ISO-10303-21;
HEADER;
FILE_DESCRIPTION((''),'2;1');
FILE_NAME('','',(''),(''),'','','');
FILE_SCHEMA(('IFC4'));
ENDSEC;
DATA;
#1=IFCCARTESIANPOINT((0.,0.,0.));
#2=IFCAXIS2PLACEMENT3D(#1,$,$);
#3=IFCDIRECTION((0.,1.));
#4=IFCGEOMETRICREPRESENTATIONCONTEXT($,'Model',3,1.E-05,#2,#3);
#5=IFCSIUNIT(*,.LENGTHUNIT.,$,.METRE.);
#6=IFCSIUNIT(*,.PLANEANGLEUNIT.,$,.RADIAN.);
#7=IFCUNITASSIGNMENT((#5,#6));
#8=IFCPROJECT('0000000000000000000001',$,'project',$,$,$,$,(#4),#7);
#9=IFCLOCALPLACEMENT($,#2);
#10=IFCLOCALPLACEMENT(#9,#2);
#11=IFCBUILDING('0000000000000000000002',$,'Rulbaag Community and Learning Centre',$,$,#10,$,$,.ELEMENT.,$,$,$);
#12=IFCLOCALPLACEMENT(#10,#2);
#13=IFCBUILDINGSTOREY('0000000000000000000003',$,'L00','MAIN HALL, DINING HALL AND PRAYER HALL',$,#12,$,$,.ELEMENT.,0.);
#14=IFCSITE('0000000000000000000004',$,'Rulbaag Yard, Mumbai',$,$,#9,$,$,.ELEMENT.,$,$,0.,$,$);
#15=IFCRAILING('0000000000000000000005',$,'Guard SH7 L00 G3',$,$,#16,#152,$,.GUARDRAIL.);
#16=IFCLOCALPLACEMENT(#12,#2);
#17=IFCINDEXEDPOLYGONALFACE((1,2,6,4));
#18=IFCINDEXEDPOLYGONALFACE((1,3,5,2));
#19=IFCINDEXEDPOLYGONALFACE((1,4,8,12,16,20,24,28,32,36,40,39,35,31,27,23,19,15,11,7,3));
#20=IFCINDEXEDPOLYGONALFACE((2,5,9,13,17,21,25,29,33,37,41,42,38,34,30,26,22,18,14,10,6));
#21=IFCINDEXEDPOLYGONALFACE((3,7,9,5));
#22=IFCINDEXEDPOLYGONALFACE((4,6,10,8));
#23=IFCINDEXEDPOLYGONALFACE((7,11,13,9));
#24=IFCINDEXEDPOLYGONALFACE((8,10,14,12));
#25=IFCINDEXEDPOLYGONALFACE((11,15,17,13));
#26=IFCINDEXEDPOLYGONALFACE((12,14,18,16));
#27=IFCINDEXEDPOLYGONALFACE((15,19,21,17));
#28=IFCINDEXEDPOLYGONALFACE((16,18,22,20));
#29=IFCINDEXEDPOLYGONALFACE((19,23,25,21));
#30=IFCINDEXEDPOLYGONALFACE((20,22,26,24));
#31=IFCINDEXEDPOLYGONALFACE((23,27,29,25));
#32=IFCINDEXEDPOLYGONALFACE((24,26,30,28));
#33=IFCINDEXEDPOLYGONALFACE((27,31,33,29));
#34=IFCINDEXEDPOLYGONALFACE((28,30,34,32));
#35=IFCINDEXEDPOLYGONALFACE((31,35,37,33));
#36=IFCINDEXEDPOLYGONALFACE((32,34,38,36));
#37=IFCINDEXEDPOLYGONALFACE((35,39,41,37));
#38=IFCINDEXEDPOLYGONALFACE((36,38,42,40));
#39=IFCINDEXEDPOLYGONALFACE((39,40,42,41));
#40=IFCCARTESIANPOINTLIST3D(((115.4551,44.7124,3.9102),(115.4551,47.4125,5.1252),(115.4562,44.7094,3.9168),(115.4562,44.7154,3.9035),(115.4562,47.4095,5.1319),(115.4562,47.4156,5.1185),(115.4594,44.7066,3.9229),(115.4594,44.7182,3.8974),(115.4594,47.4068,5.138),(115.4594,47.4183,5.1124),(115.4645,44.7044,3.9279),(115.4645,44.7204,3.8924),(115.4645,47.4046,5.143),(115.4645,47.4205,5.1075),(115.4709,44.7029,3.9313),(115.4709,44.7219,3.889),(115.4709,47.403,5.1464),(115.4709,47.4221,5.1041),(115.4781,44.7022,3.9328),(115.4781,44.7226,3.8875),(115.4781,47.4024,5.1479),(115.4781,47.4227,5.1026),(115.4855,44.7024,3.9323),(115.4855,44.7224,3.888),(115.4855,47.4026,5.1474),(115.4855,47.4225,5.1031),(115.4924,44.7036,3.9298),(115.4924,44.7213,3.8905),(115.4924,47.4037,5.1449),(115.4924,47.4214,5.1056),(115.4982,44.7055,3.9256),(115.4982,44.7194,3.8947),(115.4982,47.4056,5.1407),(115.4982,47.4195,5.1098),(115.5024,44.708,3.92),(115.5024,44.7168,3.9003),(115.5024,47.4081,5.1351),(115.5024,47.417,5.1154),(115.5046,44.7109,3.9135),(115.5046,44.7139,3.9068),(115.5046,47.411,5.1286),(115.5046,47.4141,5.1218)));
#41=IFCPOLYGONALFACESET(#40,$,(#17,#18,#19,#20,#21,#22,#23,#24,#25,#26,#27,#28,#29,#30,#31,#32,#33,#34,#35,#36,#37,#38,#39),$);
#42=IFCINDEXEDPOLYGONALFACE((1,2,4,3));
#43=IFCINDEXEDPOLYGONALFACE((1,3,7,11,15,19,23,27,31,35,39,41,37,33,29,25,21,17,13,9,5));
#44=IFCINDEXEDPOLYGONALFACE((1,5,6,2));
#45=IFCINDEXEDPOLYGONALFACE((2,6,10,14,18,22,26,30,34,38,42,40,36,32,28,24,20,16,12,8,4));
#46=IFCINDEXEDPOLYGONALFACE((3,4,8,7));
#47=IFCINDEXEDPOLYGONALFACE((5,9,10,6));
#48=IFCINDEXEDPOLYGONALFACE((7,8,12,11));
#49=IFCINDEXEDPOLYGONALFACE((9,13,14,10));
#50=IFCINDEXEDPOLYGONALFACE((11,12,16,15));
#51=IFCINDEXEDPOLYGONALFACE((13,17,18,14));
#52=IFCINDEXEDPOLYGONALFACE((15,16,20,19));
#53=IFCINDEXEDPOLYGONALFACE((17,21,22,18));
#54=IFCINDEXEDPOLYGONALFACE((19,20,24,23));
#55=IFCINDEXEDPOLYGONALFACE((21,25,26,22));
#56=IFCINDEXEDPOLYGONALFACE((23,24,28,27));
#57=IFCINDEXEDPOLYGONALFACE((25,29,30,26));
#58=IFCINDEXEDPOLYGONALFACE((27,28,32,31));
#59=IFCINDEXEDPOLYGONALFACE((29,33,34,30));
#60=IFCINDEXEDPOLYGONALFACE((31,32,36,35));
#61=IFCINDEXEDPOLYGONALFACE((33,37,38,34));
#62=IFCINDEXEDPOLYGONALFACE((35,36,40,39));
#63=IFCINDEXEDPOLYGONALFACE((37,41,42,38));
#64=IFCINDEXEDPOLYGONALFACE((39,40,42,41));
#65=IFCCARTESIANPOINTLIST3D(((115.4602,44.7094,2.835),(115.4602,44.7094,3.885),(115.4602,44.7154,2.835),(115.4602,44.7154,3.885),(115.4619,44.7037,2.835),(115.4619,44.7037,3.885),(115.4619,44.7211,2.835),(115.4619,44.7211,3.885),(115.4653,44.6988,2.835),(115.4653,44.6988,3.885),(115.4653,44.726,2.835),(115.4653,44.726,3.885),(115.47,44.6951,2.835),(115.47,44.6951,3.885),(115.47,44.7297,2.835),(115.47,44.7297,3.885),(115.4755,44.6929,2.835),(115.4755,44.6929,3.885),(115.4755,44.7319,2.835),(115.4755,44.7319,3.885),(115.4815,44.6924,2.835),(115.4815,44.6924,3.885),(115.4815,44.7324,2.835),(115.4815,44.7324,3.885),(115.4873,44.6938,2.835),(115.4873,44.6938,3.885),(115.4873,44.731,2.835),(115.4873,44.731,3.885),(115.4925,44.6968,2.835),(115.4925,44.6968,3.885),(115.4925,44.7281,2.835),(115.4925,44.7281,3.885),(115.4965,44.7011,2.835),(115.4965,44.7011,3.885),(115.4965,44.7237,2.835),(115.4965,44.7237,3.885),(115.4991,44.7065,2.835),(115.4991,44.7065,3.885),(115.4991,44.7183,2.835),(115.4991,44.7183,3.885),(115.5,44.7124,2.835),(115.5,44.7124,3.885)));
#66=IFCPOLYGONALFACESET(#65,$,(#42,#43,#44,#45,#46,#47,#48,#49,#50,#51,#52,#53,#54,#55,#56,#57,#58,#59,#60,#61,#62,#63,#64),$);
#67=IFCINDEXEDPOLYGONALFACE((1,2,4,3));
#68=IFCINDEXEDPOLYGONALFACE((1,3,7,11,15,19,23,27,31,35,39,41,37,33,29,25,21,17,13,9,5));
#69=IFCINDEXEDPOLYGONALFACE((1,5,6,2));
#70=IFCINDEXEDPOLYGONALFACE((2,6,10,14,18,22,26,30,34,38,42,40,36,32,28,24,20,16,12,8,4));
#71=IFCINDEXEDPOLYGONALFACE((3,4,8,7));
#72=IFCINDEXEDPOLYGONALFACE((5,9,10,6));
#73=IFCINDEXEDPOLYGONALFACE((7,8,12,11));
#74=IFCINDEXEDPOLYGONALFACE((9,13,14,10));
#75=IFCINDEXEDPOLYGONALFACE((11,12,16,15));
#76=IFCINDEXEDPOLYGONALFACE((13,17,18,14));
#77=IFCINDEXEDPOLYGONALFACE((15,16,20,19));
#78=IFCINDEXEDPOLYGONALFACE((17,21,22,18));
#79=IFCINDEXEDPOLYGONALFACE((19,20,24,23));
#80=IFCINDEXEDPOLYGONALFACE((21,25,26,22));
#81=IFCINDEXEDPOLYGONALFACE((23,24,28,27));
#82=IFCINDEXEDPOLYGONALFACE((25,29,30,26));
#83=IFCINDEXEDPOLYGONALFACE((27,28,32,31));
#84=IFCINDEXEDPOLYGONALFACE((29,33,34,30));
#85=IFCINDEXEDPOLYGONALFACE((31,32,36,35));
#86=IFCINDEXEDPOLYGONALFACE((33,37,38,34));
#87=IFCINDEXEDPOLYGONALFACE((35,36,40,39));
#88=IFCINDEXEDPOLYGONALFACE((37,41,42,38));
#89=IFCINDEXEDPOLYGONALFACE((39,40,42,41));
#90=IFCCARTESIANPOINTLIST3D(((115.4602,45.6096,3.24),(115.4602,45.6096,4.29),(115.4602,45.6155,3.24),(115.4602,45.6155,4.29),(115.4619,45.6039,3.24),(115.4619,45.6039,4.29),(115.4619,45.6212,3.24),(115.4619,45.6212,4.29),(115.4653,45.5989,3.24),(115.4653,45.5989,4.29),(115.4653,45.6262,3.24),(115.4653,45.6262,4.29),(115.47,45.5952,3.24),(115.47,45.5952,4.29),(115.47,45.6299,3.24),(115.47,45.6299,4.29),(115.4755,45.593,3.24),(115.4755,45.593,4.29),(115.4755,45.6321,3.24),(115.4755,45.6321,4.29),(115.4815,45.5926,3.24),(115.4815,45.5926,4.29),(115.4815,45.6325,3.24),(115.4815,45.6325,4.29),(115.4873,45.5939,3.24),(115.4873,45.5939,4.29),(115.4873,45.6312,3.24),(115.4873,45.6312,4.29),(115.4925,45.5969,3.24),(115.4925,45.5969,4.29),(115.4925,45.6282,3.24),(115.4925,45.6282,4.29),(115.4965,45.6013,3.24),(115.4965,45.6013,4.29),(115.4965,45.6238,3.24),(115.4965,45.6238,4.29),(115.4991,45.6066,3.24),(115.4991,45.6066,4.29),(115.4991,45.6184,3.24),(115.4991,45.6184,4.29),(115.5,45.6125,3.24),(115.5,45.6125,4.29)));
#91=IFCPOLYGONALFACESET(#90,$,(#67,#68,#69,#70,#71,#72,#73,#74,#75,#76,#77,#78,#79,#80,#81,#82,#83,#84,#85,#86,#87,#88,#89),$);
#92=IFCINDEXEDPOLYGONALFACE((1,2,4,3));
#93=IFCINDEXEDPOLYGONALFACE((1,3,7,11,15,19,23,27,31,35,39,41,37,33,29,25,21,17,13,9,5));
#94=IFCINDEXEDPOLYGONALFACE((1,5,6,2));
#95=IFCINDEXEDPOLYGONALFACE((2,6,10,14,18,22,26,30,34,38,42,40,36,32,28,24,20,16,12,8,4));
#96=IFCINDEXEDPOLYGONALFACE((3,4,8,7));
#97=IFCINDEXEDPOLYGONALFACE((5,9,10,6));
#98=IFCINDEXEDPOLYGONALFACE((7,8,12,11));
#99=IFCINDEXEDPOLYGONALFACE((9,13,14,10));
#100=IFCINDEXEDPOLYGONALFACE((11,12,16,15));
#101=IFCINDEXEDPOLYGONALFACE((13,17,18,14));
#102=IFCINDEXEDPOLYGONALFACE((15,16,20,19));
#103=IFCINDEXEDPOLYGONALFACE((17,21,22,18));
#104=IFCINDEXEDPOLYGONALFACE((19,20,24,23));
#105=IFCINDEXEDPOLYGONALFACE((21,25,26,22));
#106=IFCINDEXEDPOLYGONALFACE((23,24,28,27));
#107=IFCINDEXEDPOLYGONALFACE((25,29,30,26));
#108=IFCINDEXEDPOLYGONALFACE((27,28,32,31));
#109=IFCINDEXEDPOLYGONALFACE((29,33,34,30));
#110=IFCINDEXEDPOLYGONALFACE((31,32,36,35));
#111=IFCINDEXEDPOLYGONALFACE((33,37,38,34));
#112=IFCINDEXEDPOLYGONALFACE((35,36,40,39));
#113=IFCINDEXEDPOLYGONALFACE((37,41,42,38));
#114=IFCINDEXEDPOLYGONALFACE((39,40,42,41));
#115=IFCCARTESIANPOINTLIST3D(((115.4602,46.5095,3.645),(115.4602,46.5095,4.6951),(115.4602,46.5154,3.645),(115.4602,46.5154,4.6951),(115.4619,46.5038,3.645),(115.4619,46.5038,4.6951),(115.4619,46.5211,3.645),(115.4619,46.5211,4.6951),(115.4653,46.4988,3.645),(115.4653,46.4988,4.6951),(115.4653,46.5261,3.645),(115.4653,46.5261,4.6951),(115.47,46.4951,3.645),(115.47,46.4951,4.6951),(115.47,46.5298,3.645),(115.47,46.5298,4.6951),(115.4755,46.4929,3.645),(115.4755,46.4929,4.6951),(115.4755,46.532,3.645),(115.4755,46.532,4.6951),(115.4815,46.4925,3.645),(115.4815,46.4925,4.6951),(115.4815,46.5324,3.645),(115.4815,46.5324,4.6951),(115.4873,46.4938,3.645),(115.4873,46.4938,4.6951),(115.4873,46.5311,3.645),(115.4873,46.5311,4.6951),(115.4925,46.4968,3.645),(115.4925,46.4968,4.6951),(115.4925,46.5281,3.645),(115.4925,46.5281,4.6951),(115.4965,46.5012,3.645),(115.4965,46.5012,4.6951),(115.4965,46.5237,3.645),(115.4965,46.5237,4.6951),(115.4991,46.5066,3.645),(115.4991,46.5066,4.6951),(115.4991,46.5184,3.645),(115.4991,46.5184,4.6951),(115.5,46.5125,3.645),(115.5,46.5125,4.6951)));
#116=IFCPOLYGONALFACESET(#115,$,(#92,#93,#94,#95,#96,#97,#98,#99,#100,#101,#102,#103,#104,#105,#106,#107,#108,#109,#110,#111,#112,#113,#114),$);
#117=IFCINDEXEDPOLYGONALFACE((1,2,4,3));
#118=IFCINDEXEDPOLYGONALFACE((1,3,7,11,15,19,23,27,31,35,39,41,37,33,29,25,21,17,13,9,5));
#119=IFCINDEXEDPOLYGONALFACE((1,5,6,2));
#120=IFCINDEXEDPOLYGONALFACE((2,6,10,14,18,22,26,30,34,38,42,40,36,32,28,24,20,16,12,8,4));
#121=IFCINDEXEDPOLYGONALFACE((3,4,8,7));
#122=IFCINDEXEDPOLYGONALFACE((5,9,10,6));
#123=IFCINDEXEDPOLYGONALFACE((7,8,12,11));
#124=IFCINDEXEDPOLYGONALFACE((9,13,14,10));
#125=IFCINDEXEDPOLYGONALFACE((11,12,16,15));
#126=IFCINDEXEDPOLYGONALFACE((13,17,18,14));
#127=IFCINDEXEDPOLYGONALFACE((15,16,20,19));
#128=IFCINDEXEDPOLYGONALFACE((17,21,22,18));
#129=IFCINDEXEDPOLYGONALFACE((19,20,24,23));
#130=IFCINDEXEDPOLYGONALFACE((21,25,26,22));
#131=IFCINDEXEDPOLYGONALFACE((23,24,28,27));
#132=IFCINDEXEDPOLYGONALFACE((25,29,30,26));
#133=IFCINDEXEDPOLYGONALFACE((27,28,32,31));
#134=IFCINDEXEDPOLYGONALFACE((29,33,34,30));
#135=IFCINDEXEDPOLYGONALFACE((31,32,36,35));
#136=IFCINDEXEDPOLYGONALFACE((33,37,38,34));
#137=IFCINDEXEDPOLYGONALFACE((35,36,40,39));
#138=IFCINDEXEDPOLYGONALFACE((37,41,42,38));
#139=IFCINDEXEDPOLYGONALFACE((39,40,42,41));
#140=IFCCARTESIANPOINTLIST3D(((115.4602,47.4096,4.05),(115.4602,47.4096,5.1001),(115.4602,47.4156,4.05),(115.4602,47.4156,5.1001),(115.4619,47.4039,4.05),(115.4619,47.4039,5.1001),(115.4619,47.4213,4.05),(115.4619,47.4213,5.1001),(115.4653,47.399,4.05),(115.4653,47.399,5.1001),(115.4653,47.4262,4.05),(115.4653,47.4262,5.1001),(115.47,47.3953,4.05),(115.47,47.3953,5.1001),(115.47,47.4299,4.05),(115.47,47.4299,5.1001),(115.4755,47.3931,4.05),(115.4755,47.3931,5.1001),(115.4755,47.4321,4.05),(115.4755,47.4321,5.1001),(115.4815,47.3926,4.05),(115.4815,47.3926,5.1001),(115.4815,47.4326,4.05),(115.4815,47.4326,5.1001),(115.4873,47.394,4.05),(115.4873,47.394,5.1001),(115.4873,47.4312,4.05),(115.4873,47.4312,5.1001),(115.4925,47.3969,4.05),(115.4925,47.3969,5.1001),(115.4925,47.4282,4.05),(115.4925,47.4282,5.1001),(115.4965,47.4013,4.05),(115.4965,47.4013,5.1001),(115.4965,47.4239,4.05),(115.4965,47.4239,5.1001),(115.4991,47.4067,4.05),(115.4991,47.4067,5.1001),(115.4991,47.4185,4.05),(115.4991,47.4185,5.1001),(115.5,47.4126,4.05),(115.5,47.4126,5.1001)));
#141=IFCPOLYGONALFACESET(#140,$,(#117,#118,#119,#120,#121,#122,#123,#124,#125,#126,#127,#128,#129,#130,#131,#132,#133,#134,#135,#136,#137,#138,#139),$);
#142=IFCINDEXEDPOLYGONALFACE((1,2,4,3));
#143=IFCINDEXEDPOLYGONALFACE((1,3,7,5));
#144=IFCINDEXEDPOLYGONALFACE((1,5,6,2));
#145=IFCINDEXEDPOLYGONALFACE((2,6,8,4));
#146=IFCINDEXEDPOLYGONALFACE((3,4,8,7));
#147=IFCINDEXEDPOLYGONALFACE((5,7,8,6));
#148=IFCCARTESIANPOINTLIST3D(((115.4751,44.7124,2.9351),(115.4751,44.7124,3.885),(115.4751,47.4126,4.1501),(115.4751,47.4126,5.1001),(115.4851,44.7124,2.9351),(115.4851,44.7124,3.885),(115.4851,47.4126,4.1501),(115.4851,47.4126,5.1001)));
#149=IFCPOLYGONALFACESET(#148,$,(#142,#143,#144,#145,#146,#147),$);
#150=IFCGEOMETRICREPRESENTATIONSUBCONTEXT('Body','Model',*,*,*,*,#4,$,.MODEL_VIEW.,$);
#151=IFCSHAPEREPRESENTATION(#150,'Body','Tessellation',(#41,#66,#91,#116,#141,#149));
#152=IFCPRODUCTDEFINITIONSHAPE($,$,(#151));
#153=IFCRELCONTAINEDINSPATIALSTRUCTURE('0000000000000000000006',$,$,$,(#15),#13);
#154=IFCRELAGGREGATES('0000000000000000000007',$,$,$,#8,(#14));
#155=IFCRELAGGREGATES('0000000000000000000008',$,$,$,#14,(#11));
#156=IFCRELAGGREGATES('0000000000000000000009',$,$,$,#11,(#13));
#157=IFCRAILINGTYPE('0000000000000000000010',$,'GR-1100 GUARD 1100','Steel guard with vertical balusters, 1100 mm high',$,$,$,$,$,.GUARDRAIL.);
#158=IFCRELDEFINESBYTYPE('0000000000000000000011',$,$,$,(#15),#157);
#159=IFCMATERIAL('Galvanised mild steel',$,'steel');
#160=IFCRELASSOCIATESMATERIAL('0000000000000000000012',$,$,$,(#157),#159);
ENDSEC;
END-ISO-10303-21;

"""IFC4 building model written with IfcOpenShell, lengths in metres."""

from ifc_helpers import new_model, si_unit, direction, frame, origin, origin_2d, place, context, subcontext, project, spatial, polyline, circle, outline, extrude, material, type_object, element, save


model = new_model("IFC4")

# Units and contexts
model_context = context("Model", 3, precision=1e-05, world=origin(), true_north=direction((0.0, 1.0)))
body_context = subcontext(model_context, "Body", "Model", "MODEL_VIEW")
ifc_project = project(units=[si_unit("LENGTHUNIT", "METRE"), si_unit("PLANEANGLEUNIT", "RADIAN")], contexts=[model_context])

# Site, building, storey
site_placement = place(None, origin())
site = spatial("IfcSite", under=ifc_project, at=site_placement, Name="Rulbaag Yard, Mumbai", CompositionType="ELEMENT", RefElevation=0.0)
building_placement = place(site_placement, origin())
building = spatial("IfcBuilding", under=site, at=building_placement, Name="Rulbaag Community and Learning Centre", CompositionType="ELEMENT")
storey_placement = place(building_placement, origin())
storey = spatial("IfcBuildingStorey", under=building, at=storey_placement, Name="L00", Description="MAIN HALL, DINING HALL AND PRAYER HALL", CompositionType="ELEMENT", Elevation=0.0)

# Railing
ifc_material_1 = material(Name="Galvanised mild steel", Category="steel")
railing_type = type_object("IfcRailingType", Name="GR-1100 GUARD 1100", Description="Steel guard with vertical balusters, 1100 mm high", PredefinedType="GUARDRAIL", material=ifc_material_1)
railing_1_placement = place(storey_placement, frame((115.48, 44.7124, 2.835)))
element("IfcRailing", 1, at=railing_1_placement, inside=storey, type_object=railing_type, Name="Guard SH7 L00 G3", PredefinedType="GUARDRAIL", context=body_context, shape_type="SweptSolid", body=[
    extrude(circle(Radius=0.0249, at=origin_2d()), frame((0.0, 0.0, 1.0752), z_axis=(0.0, 0.911922, 0.410365), x_axis=(-1.0, 0.0, 0.0)), (0.0, 0.0, 1.0), 2.9609),
    extrude(circle(Radius=0.02, at=origin_2d()), origin(), (0.0, 0.0, 1.0), 1.05),
    extrude(circle(Radius=0.02, at=origin_2d()), frame((0.0, 0.9001, 0.405)), (0.0, 0.0, 1.0), 1.05),
    extrude(circle(Radius=0.02, at=origin_2d()), frame((0.0, 1.8, 0.8101)), (0.0, 0.0, 1.0), 1.05),
    extrude(circle(Radius=0.02, at=origin_2d()), frame((0.0, 2.7002, 1.2151)), (0.0, 0.0, 1.0), 1.05),
    extrude(outline(polyline([(0.0, 0.0), (2.7002, 1.2151), (2.7002, 2.165), (0.0, 0.95), (0.0, 0.0)])), frame((-0.0049, 0.0, 0.1001), z_axis=(1.0, 0.0, 0.0), x_axis=(0.0, 1.0, 0.0)), (0.0, 0.0, 1.0), 0.01),
])

save(model, "model.ifc")
